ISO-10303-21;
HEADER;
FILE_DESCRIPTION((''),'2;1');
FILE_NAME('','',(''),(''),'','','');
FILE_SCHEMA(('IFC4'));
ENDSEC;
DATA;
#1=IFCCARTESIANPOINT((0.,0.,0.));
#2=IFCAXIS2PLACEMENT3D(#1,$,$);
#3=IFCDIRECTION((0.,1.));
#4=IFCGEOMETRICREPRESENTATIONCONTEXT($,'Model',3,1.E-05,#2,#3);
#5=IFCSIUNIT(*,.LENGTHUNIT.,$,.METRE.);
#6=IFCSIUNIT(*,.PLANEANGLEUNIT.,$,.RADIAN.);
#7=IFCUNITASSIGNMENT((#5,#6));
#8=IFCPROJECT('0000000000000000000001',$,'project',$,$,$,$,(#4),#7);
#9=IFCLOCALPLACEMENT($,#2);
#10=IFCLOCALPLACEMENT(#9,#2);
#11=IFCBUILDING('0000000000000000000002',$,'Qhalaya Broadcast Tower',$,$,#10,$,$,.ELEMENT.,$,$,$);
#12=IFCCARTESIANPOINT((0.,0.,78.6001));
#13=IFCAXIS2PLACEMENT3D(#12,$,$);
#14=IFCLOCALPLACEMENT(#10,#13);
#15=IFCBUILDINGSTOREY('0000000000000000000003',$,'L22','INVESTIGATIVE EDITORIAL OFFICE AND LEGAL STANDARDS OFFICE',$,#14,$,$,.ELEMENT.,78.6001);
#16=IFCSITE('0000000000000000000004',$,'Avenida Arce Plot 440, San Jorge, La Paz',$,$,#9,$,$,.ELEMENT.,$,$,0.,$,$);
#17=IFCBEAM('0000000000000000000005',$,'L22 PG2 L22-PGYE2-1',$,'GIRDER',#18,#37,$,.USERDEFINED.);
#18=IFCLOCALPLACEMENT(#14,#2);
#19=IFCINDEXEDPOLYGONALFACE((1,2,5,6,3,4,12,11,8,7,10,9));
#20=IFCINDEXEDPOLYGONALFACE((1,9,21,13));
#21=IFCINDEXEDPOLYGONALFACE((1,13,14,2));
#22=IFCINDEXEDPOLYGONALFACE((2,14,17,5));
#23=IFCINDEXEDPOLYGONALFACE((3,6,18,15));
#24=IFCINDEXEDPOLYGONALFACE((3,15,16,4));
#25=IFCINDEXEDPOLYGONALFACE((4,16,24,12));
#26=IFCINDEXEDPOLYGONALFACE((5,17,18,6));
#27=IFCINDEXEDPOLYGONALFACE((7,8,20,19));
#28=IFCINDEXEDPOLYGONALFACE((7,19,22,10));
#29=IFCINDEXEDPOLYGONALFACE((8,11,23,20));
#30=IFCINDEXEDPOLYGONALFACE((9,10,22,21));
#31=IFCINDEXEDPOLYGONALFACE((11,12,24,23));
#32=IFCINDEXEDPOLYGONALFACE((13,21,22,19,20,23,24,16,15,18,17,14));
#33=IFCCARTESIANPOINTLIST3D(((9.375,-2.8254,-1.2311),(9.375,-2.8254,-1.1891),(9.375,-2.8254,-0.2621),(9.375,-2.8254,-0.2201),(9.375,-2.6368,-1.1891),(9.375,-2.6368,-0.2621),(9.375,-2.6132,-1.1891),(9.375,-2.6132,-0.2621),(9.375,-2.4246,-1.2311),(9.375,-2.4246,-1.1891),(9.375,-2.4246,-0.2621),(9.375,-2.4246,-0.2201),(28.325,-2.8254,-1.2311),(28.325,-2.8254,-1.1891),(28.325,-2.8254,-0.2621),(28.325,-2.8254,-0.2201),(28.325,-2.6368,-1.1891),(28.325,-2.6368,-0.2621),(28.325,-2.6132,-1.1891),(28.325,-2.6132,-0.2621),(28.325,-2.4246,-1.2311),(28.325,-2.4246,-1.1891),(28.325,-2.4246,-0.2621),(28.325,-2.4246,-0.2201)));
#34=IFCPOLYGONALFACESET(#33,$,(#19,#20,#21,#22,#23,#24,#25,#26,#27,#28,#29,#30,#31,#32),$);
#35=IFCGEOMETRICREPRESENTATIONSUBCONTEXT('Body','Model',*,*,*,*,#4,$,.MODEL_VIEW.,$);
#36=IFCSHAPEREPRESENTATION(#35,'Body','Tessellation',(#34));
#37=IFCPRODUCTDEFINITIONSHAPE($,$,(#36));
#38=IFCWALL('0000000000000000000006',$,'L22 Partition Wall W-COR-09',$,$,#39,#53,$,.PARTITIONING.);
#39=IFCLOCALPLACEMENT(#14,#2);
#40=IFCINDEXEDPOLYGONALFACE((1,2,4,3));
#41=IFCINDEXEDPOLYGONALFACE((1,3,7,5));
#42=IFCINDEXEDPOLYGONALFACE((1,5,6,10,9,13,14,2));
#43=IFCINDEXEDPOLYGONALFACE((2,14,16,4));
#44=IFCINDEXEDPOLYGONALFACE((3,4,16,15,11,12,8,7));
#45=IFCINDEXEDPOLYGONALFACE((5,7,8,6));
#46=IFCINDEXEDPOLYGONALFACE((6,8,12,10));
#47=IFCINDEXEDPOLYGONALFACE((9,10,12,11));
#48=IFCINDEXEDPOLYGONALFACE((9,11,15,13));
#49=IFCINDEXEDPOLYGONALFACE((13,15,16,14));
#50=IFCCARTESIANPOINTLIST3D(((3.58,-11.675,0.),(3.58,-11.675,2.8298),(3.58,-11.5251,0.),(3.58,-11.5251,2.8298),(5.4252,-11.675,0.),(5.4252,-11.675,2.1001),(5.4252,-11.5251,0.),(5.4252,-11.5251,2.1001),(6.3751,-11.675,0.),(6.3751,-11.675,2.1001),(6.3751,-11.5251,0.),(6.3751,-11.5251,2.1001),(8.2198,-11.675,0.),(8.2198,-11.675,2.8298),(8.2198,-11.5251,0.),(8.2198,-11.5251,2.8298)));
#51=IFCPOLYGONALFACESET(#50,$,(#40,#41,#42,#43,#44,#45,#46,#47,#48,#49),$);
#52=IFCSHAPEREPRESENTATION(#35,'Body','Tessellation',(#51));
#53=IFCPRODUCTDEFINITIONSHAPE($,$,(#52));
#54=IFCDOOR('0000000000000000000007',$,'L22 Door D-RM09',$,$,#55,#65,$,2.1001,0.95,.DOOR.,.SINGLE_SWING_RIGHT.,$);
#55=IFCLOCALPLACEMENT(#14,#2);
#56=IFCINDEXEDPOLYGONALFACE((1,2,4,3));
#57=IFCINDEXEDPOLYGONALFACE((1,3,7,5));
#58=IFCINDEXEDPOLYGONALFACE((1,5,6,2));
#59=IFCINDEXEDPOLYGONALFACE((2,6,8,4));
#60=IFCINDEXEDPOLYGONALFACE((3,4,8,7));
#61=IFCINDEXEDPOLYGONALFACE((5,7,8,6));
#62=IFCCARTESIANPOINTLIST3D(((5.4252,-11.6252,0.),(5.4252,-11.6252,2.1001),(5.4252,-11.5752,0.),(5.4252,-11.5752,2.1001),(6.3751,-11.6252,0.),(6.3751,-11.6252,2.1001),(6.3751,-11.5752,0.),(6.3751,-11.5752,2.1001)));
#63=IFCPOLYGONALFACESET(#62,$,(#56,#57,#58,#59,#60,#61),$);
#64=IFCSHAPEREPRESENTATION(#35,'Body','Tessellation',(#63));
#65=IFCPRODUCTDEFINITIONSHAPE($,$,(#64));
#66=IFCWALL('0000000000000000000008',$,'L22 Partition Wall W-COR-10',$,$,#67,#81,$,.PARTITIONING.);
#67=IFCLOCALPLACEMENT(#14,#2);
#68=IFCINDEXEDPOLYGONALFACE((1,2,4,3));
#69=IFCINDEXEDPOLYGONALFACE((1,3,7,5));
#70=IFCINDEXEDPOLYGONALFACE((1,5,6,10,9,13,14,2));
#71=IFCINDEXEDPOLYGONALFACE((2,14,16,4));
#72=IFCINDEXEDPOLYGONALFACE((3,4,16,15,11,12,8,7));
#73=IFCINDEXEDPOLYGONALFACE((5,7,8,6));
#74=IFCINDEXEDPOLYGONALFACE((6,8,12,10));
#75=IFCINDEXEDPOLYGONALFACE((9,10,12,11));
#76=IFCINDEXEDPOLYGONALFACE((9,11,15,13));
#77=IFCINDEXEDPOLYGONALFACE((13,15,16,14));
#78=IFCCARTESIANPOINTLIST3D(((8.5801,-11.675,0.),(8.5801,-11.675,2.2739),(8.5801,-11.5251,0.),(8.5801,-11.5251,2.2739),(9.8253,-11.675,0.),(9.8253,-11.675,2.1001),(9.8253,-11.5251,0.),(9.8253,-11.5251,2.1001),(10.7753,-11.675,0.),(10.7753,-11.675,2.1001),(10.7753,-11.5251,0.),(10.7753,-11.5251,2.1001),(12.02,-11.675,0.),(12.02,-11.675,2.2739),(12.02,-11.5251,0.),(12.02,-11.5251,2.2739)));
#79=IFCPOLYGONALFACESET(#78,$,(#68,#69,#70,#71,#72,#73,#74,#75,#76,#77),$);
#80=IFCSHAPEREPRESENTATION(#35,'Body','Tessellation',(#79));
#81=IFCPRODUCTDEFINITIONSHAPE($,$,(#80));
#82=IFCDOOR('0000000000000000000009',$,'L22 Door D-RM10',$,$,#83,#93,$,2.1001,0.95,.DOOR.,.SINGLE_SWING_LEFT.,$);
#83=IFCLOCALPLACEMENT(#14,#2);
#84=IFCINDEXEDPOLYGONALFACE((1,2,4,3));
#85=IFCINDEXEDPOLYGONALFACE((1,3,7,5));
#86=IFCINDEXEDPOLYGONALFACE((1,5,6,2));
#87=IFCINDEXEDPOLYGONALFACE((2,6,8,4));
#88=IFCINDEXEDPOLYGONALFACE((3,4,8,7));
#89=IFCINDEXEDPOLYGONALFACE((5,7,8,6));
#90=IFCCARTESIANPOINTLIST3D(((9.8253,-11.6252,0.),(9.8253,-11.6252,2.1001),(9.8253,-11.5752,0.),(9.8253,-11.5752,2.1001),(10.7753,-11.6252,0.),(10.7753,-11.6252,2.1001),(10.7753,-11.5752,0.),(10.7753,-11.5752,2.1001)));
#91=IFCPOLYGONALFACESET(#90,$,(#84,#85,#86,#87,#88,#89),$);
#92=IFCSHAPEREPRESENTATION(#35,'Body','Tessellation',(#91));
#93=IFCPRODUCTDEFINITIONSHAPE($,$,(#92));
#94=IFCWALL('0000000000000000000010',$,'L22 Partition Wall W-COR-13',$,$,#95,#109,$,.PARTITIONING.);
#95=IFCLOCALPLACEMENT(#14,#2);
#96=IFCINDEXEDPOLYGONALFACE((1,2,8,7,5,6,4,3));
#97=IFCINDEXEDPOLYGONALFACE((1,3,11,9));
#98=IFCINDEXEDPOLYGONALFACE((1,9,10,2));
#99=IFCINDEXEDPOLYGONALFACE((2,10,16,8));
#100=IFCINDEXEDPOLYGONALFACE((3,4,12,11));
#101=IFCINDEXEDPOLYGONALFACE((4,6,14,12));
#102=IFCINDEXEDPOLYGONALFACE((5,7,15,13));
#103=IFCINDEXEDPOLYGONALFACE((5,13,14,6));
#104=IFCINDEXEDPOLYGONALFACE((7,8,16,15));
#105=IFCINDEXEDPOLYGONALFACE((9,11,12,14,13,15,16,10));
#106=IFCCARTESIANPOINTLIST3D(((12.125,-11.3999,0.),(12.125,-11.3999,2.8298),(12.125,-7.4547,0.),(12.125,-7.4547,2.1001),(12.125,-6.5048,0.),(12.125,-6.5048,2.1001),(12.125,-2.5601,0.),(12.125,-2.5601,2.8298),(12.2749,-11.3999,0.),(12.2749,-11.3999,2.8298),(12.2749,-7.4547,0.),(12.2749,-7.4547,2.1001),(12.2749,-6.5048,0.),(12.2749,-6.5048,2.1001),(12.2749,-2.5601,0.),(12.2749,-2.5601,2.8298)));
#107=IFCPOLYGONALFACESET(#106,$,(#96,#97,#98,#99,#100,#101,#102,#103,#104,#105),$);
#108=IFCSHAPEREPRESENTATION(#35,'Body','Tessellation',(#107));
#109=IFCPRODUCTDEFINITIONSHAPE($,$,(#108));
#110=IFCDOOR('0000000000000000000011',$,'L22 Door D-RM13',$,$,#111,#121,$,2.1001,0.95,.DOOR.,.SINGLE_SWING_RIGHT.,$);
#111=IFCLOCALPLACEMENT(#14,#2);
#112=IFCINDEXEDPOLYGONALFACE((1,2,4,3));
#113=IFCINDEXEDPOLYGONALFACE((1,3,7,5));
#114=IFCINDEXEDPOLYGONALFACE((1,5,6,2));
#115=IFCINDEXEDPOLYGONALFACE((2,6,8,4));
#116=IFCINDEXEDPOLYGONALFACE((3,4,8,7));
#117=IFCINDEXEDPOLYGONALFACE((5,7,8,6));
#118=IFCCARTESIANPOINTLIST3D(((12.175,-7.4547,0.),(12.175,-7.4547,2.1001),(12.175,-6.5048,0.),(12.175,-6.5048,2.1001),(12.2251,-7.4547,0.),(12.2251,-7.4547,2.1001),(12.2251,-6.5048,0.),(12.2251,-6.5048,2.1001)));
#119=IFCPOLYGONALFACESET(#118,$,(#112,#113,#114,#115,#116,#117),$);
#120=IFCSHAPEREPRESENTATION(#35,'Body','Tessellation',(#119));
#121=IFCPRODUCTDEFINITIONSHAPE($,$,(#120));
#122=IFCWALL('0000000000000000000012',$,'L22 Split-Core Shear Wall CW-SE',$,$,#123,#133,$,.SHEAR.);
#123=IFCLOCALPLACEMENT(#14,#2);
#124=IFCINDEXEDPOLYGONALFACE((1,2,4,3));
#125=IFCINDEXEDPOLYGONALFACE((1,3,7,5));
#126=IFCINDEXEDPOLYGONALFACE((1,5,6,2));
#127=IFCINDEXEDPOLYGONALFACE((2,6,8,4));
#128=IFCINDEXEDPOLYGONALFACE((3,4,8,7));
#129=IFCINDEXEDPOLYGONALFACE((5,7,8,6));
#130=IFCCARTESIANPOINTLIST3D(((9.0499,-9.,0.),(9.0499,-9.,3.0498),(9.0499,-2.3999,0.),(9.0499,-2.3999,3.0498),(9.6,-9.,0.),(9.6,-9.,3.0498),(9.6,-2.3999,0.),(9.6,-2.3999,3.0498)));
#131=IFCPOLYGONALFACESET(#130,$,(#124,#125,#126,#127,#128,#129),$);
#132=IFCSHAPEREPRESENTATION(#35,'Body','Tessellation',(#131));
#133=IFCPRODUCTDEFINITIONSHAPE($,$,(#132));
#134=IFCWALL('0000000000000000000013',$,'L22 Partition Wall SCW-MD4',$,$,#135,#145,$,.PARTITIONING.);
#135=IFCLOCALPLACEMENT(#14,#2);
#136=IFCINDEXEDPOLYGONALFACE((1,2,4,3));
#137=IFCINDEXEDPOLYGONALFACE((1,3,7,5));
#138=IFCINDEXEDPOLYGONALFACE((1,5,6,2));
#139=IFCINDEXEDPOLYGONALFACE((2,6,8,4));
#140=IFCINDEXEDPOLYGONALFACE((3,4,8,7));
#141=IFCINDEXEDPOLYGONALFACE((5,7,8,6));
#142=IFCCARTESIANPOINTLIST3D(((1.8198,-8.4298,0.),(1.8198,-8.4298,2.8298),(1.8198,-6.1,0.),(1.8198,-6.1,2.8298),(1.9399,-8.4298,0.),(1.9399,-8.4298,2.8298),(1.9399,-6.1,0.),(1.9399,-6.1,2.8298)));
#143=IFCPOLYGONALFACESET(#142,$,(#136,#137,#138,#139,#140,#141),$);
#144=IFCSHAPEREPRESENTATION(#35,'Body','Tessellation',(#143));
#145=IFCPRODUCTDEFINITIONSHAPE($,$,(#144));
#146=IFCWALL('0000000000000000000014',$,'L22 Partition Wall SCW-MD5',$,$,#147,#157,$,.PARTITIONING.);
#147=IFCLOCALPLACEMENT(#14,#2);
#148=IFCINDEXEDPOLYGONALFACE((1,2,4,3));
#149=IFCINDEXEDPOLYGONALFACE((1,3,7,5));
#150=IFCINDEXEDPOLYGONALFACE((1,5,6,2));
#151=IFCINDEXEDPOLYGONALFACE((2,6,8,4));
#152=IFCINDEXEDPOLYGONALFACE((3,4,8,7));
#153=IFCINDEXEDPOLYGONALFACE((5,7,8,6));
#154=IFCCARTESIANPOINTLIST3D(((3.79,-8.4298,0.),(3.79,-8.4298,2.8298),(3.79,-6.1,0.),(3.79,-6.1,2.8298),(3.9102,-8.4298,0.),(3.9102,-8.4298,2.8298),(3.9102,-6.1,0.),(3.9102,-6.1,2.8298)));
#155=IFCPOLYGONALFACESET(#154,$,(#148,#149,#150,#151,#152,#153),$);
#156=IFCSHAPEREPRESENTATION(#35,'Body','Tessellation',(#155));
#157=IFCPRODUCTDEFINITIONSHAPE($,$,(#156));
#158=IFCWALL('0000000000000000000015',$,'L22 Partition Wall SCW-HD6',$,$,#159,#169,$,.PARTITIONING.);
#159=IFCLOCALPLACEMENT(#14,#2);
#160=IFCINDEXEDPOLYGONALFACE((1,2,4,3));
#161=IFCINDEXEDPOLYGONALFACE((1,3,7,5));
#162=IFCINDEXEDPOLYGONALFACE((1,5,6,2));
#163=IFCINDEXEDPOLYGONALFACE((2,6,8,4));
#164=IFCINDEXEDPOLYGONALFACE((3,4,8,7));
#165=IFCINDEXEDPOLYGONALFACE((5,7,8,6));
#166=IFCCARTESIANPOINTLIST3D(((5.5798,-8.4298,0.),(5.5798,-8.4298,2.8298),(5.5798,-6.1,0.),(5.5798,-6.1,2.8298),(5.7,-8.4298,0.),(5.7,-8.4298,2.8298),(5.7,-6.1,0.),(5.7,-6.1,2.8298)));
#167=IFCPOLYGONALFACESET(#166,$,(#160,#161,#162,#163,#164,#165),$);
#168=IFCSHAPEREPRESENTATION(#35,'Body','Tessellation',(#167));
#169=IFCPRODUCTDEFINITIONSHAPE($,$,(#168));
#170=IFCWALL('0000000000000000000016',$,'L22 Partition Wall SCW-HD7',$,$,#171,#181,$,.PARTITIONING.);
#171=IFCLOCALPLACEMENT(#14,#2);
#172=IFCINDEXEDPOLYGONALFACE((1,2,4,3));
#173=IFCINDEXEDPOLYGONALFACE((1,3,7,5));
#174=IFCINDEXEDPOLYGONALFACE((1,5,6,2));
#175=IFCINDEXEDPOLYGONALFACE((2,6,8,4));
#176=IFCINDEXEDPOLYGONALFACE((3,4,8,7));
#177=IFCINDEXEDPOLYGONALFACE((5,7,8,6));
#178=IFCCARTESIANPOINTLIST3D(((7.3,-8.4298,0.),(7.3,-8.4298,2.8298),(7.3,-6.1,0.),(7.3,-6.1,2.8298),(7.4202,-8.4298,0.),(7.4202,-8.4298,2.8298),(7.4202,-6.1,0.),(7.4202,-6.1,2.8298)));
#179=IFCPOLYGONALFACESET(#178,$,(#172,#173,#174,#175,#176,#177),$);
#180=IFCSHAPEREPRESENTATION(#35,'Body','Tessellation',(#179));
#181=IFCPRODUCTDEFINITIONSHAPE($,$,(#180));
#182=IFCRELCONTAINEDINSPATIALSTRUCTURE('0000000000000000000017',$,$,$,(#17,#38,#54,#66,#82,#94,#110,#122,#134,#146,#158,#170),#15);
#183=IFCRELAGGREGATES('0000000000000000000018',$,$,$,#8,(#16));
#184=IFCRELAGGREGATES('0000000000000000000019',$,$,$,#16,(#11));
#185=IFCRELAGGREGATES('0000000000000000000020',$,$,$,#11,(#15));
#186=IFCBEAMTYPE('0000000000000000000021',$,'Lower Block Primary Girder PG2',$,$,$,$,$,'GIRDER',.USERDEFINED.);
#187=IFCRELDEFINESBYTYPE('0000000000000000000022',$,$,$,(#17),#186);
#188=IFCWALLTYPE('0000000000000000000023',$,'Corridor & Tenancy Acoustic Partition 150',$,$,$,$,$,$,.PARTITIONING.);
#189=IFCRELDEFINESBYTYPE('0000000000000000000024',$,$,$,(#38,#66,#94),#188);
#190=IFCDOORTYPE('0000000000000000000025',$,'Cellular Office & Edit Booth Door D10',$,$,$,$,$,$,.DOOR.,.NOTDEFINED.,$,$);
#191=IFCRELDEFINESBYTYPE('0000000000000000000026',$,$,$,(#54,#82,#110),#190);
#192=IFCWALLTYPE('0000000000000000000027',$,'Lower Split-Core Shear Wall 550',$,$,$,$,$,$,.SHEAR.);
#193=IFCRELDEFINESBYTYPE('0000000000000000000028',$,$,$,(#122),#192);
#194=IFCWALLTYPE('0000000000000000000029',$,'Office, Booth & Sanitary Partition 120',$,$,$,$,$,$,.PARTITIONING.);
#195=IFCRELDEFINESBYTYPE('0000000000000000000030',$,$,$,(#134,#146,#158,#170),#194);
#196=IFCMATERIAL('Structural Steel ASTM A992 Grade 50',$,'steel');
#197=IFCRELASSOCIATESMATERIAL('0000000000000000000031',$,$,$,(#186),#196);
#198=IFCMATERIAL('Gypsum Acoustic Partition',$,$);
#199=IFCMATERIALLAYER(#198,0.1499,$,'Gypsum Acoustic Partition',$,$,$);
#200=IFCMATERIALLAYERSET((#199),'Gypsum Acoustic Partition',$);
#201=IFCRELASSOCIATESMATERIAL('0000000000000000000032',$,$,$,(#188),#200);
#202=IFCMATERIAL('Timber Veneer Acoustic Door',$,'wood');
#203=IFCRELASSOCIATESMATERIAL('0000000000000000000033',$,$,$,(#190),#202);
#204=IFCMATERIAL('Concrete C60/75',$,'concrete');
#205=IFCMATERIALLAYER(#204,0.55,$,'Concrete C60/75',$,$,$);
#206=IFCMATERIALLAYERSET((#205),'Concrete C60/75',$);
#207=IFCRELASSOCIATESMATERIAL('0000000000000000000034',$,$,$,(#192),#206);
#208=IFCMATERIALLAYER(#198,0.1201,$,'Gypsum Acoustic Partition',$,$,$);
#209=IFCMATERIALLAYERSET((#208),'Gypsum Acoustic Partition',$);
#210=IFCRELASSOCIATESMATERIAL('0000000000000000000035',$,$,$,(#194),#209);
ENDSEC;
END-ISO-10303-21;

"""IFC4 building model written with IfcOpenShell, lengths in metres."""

from ifc_helpers import new_model, si_unit, direction, frame, frame_2d, origin, origin_2d, place, context, subcontext, project, spatial, rectangle, i_section, extrude, material, layer, layer_set, material_profile, profile_set, type_object, element, fill, save


model = new_model("IFC4")

# Units and contexts
model_context = context("Model", 3, precision=1e-05, world=origin(), true_north=direction((0.0, 1.0)))
body_context = subcontext(model_context, "Body", "Model", "MODEL_VIEW")
ifc_project = project(units=[si_unit("LENGTHUNIT", "METRE"), si_unit("PLANEANGLEUNIT", "RADIAN")], contexts=[model_context])

# Site, building, storey
site_placement = place(None, origin())
site = spatial("IfcSite", under=ifc_project, at=site_placement, Name="Avenida Arce Plot 440, San Jorge, La Paz", CompositionType="ELEMENT", RefElevation=0.0)
building_placement = place(site_placement, origin())
building = spatial("IfcBuilding", under=site, at=building_placement, Name="Qhalaya Broadcast Tower", CompositionType="ELEMENT")
storey_placement = place(building_placement, frame((0.0, 0.0, 78.6001)))
storey = spatial("IfcBuildingStorey", under=building, at=storey_placement, Name="L22", Description="INVESTIGATIVE EDITORIAL OFFICE AND LEGAL STANDARDS OFFICE", CompositionType="ELEMENT", Elevation=78.6001)

# Beam
ifc_material_1 = material(Name="Structural Steel ASTM A992 Grade 50", Category="steel")
ifc_material_profile_1 = material_profile(ifc_material_1, i_section(OverallWidth=0.4009, OverallDepth=1.011, WebThickness=0.0237, FlangeThickness=0.042, at=origin_2d()), Name="W40X297")
ifc_profile_set_1 = profile_set([ifc_material_profile_1], Name="Structural Steel ASTM A992 Grade 50")
beam_type_1 = type_object("IfcBeamType", Name="Lower Block Primary Girder PG2", ElementType="GIRDER", PredefinedType="USERDEFINED", material=ifc_profile_set_1)
beam_1_placement = place(storey_placement, frame((9.375, -2.625, -0.7256), z_axis=(1.0, 0.0, 0.0), x_axis=(0.0, 1.0, 0.0)))
element("IfcBeam", 1, at=beam_1_placement, inside=storey, type_object=beam_type_1, Name="L22 PG2 L22-PGYE2-1", ObjectType="GIRDER", PredefinedType="USERDEFINED", context=body_context, shape_type="SweptSolid", body=[
    extrude(i_section(OverallWidth=0.4009, OverallDepth=1.011, WebThickness=0.0237, FlangeThickness=0.042, at=origin_2d()), origin(), (0.0, 0.0, 1.0), 18.95),
])

# Walls, openings, doors
ifc_material_2 = material(Name="Gypsum Acoustic Partition")
ifc_layer_1 = layer(ifc_material_2, 0.1499, Name="Gypsum Acoustic Partition")
ifc_layer_set_1 = layer_set([ifc_layer_1], Name="Gypsum Acoustic Partition")
wall_type_1 = type_object("IfcWallType", Name="Corridor & Tenancy Acoustic Partition 150", PredefinedType="PARTITIONING", material=ifc_layer_set_1)
wall_1_placement = place(storey_placement, frame((3.5801, -11.6001, 0.0), z_axis=(0.0, 0.0, 1.0), x_axis=(1.0, 0.0, 0.0)))
wall_1 = element("IfcWall", 2, at=wall_1_placement, inside=storey, type_object=wall_type_1, Name="L22 Partition Wall W-COR-09", PredefinedType="PARTITIONING", context=body_context, shape_type="SweptSolid", body=[
    extrude(rectangle(XDim=4.6399, YDim=0.1499, at=frame_2d((2.3198, 0.0))), origin(), (0.0, 0.0, 1.0), 2.8298),
])
opening_1_placement = place(wall_1_placement, frame((1.845, 0.0, 0.0)))
opening_1 = element("IfcOpeningElement", 3, at=opening_1_placement, cuts=wall_1, PredefinedType="OPENING", context=body_context, shape_type="SweptSolid", body=[
    extrude(rectangle(XDim=0.95, YDim=2.1001, at=frame_2d((0.4751, 1.05))), frame((0.0, 0.0869, 0.0), z_axis=(0.0, -1.0, 0.0), x_axis=(1.0, 0.0, 0.0)), (0.0, 0.0, 1.0), 0.1738),
])
ifc_material_3 = material(Name="Timber Veneer Acoustic Door", Category="wood")
door_type_1 = type_object("IfcDoorType", Name="Cellular Office & Edit Booth Door D10", OperationType="NOTDEFINED", PredefinedType="DOOR", material=ifc_material_3)
door_1_placement = place(opening_1_placement, origin())
door_1 = element("IfcDoor", 4, at=door_1_placement, inside=storey, type_object=door_type_1, Name="L22 Door D-RM09", OperationType="SINGLE_SWING_RIGHT", OverallHeight=2.1001, OverallWidth=0.95, PredefinedType="DOOR", context=body_context, shape_type="SweptSolid", body=[
    extrude(rectangle(XDim=0.95, YDim=2.1001, at=frame_2d((0.4751, 1.05))), frame((0.0, 0.0249, 0.0), z_axis=(0.0, -1.0, 0.0), x_axis=(1.0, 0.0, 0.0)), (0.0, 0.0, 1.0), 0.05),
])
fill(opening_1, door_1)
wall_2_placement = place(storey_placement, frame((8.5801, -11.6001, 0.0), z_axis=(0.0, 0.0, 1.0), x_axis=(1.0, 0.0, 0.0)))
wall_2 = element("IfcWall", 5, at=wall_2_placement, inside=storey, type_object=wall_type_1, Name="L22 Partition Wall W-COR-10", PredefinedType="PARTITIONING", context=body_context, shape_type="SweptSolid", body=[
    extrude(rectangle(XDim=3.4399, YDim=0.1499, at=frame_2d((1.72, 0.0))), origin(), (0.0, 0.0, 1.0), 2.2739),
])
opening_2_placement = place(wall_2_placement, frame((1.2451, 0.0, 0.0)))
opening_2 = element("IfcOpeningElement", 6, at=opening_2_placement, cuts=wall_2, PredefinedType="OPENING", context=body_context, shape_type="SweptSolid", body=[
    extrude(rectangle(XDim=0.95, YDim=2.1001, at=frame_2d((0.4751, 1.05))), frame((0.0, 0.0869, 0.0), z_axis=(0.0, -1.0, 0.0), x_axis=(1.0, 0.0, 0.0)), (0.0, 0.0, 1.0), 0.1738),
])
door_2_placement = place(opening_2_placement, origin())
door_2 = element("IfcDoor", 7, at=door_2_placement, inside=storey, type_object=door_type_1, Name="L22 Door D-RM10", OperationType="SINGLE_SWING_LEFT", OverallHeight=2.1001, OverallWidth=0.95, PredefinedType="DOOR", context=body_context, shape_type="SweptSolid", body=[
    extrude(rectangle(XDim=0.95, YDim=2.1001, at=frame_2d((0.4751, 1.05))), frame((0.0, 0.0249, 0.0), z_axis=(0.0, -1.0, 0.0), x_axis=(1.0, 0.0, 0.0)), (0.0, 0.0, 1.0), 0.05),
])
fill(opening_2, door_2)
wall_3_placement = place(storey_placement, frame((12.2, -11.3999, 0.0), z_axis=(0.0, 0.0, 1.0), x_axis=(0.0, 1.0, 0.0)))
wall_3 = element("IfcWall", 8, at=wall_3_placement, inside=storey, type_object=wall_type_1, Name="L22 Partition Wall W-COR-13", PredefinedType="PARTITIONING", context=body_context, shape_type="SweptSolid", body=[
    extrude(rectangle(XDim=8.8398, YDim=0.1499, at=frame_2d((4.4199, 0.0))), origin(), (0.0, 0.0, 1.0), 2.8298),
])
opening_3_placement = place(wall_3_placement, frame((3.9451, 0.0, 0.0)))
opening_3 = element("IfcOpeningElement", 9, at=opening_3_placement, cuts=wall_3, PredefinedType="OPENING", context=body_context, shape_type="SweptSolid", body=[
    extrude(rectangle(XDim=0.95, YDim=2.1001, at=frame_2d((0.4751, 1.05))), frame((0.0, 0.0869, 0.0), z_axis=(0.0, -1.0, 0.0), x_axis=(1.0, 0.0, 0.0)), (0.0, 0.0, 1.0), 0.1738),
])
door_3_placement = place(opening_3_placement, origin())
door_3 = element("IfcDoor", 10, at=door_3_placement, inside=storey, type_object=door_type_1, Name="L22 Door D-RM13", OperationType="SINGLE_SWING_RIGHT", OverallHeight=2.1001, OverallWidth=0.95, PredefinedType="DOOR", context=body_context, shape_type="SweptSolid", body=[
    extrude(rectangle(XDim=0.95, YDim=2.1001, at=frame_2d((0.4751, 1.05))), frame((0.0, 0.0249, 0.0), z_axis=(0.0, -1.0, 0.0), x_axis=(1.0, 0.0, 0.0)), (0.0, 0.0, 1.0), 0.05),
])
fill(opening_3, door_3)

# Walls
ifc_material_4 = material(Name="Concrete C60/75", Category="concrete")
ifc_layer_2 = layer(ifc_material_4, 0.55, Name="Concrete C60/75")
ifc_layer_set_2 = layer_set([ifc_layer_2], Name="Concrete C60/75")
wall_type_2 = type_object("IfcWallType", Name="Lower Split-Core Shear Wall 550", PredefinedType="SHEAR", material=ifc_layer_set_2)
wall_4_placement = place(storey_placement, frame((9.325, -9.0, 0.0), z_axis=(0.0, 0.0, 1.0), x_axis=(0.0, 1.0, 0.0)))
element("IfcWall", 11, at=wall_4_placement, inside=storey, type_object=wall_type_2, Name="L22 Split-Core Shear Wall CW-SE", PredefinedType="SHEAR", context=body_context, shape_type="SweptSolid", body=[
    extrude(rectangle(XDim=6.6001, YDim=0.55, at=frame_2d((3.3, 0.0))), origin(), (0.0, 0.0, 1.0), 3.0498),
])
ifc_layer_3 = layer(ifc_material_2, 0.1201, Name="Gypsum Acoustic Partition")
ifc_layer_set_3 = layer_set([ifc_layer_3], Name="Gypsum Acoustic Partition")
wall_type_3 = type_object("IfcWallType", Name="Office, Booth & Sanitary Partition 120", PredefinedType="PARTITIONING", material=ifc_layer_set_3)
for number, where, z_axis, x_axis, name in (
    (12, (1.8799, -8.4299, 0.0), (0.0, 0.0, 1.0), (0.0, 1.0, 0.0), "L22 Partition Wall SCW-MD4"),
    (13, (3.8501, -8.4299, 0.0), (0.0, 0.0, 1.0), (0.0, 1.0, 0.0), "L22 Partition Wall SCW-MD5"),
    (14, (5.6399, -8.4299, 0.0), (0.0, 0.0, 1.0), (0.0, 1.0, 0.0), "L22 Partition Wall SCW-HD6"),
    (15, (7.3601, -8.4299, 0.0), (0.0, 0.0, 1.0), (0.0, 1.0, 0.0), "L22 Partition Wall SCW-HD7"),
):
    element("IfcWall", number, at=place(storey_placement, frame(where, z_axis=z_axis, x_axis=x_axis)), inside=storey, type_object=wall_type_3, Name=name, PredefinedType="PARTITIONING", context=body_context, shape_type="SweptSolid", body=[
        extrude(rectangle(XDim=2.3298, YDim=0.1201, at=frame_2d((1.165, 0.0))), origin(), (0.0, 0.0, 1.0), 2.8298),
    ])

save(model, "model.ifc")
